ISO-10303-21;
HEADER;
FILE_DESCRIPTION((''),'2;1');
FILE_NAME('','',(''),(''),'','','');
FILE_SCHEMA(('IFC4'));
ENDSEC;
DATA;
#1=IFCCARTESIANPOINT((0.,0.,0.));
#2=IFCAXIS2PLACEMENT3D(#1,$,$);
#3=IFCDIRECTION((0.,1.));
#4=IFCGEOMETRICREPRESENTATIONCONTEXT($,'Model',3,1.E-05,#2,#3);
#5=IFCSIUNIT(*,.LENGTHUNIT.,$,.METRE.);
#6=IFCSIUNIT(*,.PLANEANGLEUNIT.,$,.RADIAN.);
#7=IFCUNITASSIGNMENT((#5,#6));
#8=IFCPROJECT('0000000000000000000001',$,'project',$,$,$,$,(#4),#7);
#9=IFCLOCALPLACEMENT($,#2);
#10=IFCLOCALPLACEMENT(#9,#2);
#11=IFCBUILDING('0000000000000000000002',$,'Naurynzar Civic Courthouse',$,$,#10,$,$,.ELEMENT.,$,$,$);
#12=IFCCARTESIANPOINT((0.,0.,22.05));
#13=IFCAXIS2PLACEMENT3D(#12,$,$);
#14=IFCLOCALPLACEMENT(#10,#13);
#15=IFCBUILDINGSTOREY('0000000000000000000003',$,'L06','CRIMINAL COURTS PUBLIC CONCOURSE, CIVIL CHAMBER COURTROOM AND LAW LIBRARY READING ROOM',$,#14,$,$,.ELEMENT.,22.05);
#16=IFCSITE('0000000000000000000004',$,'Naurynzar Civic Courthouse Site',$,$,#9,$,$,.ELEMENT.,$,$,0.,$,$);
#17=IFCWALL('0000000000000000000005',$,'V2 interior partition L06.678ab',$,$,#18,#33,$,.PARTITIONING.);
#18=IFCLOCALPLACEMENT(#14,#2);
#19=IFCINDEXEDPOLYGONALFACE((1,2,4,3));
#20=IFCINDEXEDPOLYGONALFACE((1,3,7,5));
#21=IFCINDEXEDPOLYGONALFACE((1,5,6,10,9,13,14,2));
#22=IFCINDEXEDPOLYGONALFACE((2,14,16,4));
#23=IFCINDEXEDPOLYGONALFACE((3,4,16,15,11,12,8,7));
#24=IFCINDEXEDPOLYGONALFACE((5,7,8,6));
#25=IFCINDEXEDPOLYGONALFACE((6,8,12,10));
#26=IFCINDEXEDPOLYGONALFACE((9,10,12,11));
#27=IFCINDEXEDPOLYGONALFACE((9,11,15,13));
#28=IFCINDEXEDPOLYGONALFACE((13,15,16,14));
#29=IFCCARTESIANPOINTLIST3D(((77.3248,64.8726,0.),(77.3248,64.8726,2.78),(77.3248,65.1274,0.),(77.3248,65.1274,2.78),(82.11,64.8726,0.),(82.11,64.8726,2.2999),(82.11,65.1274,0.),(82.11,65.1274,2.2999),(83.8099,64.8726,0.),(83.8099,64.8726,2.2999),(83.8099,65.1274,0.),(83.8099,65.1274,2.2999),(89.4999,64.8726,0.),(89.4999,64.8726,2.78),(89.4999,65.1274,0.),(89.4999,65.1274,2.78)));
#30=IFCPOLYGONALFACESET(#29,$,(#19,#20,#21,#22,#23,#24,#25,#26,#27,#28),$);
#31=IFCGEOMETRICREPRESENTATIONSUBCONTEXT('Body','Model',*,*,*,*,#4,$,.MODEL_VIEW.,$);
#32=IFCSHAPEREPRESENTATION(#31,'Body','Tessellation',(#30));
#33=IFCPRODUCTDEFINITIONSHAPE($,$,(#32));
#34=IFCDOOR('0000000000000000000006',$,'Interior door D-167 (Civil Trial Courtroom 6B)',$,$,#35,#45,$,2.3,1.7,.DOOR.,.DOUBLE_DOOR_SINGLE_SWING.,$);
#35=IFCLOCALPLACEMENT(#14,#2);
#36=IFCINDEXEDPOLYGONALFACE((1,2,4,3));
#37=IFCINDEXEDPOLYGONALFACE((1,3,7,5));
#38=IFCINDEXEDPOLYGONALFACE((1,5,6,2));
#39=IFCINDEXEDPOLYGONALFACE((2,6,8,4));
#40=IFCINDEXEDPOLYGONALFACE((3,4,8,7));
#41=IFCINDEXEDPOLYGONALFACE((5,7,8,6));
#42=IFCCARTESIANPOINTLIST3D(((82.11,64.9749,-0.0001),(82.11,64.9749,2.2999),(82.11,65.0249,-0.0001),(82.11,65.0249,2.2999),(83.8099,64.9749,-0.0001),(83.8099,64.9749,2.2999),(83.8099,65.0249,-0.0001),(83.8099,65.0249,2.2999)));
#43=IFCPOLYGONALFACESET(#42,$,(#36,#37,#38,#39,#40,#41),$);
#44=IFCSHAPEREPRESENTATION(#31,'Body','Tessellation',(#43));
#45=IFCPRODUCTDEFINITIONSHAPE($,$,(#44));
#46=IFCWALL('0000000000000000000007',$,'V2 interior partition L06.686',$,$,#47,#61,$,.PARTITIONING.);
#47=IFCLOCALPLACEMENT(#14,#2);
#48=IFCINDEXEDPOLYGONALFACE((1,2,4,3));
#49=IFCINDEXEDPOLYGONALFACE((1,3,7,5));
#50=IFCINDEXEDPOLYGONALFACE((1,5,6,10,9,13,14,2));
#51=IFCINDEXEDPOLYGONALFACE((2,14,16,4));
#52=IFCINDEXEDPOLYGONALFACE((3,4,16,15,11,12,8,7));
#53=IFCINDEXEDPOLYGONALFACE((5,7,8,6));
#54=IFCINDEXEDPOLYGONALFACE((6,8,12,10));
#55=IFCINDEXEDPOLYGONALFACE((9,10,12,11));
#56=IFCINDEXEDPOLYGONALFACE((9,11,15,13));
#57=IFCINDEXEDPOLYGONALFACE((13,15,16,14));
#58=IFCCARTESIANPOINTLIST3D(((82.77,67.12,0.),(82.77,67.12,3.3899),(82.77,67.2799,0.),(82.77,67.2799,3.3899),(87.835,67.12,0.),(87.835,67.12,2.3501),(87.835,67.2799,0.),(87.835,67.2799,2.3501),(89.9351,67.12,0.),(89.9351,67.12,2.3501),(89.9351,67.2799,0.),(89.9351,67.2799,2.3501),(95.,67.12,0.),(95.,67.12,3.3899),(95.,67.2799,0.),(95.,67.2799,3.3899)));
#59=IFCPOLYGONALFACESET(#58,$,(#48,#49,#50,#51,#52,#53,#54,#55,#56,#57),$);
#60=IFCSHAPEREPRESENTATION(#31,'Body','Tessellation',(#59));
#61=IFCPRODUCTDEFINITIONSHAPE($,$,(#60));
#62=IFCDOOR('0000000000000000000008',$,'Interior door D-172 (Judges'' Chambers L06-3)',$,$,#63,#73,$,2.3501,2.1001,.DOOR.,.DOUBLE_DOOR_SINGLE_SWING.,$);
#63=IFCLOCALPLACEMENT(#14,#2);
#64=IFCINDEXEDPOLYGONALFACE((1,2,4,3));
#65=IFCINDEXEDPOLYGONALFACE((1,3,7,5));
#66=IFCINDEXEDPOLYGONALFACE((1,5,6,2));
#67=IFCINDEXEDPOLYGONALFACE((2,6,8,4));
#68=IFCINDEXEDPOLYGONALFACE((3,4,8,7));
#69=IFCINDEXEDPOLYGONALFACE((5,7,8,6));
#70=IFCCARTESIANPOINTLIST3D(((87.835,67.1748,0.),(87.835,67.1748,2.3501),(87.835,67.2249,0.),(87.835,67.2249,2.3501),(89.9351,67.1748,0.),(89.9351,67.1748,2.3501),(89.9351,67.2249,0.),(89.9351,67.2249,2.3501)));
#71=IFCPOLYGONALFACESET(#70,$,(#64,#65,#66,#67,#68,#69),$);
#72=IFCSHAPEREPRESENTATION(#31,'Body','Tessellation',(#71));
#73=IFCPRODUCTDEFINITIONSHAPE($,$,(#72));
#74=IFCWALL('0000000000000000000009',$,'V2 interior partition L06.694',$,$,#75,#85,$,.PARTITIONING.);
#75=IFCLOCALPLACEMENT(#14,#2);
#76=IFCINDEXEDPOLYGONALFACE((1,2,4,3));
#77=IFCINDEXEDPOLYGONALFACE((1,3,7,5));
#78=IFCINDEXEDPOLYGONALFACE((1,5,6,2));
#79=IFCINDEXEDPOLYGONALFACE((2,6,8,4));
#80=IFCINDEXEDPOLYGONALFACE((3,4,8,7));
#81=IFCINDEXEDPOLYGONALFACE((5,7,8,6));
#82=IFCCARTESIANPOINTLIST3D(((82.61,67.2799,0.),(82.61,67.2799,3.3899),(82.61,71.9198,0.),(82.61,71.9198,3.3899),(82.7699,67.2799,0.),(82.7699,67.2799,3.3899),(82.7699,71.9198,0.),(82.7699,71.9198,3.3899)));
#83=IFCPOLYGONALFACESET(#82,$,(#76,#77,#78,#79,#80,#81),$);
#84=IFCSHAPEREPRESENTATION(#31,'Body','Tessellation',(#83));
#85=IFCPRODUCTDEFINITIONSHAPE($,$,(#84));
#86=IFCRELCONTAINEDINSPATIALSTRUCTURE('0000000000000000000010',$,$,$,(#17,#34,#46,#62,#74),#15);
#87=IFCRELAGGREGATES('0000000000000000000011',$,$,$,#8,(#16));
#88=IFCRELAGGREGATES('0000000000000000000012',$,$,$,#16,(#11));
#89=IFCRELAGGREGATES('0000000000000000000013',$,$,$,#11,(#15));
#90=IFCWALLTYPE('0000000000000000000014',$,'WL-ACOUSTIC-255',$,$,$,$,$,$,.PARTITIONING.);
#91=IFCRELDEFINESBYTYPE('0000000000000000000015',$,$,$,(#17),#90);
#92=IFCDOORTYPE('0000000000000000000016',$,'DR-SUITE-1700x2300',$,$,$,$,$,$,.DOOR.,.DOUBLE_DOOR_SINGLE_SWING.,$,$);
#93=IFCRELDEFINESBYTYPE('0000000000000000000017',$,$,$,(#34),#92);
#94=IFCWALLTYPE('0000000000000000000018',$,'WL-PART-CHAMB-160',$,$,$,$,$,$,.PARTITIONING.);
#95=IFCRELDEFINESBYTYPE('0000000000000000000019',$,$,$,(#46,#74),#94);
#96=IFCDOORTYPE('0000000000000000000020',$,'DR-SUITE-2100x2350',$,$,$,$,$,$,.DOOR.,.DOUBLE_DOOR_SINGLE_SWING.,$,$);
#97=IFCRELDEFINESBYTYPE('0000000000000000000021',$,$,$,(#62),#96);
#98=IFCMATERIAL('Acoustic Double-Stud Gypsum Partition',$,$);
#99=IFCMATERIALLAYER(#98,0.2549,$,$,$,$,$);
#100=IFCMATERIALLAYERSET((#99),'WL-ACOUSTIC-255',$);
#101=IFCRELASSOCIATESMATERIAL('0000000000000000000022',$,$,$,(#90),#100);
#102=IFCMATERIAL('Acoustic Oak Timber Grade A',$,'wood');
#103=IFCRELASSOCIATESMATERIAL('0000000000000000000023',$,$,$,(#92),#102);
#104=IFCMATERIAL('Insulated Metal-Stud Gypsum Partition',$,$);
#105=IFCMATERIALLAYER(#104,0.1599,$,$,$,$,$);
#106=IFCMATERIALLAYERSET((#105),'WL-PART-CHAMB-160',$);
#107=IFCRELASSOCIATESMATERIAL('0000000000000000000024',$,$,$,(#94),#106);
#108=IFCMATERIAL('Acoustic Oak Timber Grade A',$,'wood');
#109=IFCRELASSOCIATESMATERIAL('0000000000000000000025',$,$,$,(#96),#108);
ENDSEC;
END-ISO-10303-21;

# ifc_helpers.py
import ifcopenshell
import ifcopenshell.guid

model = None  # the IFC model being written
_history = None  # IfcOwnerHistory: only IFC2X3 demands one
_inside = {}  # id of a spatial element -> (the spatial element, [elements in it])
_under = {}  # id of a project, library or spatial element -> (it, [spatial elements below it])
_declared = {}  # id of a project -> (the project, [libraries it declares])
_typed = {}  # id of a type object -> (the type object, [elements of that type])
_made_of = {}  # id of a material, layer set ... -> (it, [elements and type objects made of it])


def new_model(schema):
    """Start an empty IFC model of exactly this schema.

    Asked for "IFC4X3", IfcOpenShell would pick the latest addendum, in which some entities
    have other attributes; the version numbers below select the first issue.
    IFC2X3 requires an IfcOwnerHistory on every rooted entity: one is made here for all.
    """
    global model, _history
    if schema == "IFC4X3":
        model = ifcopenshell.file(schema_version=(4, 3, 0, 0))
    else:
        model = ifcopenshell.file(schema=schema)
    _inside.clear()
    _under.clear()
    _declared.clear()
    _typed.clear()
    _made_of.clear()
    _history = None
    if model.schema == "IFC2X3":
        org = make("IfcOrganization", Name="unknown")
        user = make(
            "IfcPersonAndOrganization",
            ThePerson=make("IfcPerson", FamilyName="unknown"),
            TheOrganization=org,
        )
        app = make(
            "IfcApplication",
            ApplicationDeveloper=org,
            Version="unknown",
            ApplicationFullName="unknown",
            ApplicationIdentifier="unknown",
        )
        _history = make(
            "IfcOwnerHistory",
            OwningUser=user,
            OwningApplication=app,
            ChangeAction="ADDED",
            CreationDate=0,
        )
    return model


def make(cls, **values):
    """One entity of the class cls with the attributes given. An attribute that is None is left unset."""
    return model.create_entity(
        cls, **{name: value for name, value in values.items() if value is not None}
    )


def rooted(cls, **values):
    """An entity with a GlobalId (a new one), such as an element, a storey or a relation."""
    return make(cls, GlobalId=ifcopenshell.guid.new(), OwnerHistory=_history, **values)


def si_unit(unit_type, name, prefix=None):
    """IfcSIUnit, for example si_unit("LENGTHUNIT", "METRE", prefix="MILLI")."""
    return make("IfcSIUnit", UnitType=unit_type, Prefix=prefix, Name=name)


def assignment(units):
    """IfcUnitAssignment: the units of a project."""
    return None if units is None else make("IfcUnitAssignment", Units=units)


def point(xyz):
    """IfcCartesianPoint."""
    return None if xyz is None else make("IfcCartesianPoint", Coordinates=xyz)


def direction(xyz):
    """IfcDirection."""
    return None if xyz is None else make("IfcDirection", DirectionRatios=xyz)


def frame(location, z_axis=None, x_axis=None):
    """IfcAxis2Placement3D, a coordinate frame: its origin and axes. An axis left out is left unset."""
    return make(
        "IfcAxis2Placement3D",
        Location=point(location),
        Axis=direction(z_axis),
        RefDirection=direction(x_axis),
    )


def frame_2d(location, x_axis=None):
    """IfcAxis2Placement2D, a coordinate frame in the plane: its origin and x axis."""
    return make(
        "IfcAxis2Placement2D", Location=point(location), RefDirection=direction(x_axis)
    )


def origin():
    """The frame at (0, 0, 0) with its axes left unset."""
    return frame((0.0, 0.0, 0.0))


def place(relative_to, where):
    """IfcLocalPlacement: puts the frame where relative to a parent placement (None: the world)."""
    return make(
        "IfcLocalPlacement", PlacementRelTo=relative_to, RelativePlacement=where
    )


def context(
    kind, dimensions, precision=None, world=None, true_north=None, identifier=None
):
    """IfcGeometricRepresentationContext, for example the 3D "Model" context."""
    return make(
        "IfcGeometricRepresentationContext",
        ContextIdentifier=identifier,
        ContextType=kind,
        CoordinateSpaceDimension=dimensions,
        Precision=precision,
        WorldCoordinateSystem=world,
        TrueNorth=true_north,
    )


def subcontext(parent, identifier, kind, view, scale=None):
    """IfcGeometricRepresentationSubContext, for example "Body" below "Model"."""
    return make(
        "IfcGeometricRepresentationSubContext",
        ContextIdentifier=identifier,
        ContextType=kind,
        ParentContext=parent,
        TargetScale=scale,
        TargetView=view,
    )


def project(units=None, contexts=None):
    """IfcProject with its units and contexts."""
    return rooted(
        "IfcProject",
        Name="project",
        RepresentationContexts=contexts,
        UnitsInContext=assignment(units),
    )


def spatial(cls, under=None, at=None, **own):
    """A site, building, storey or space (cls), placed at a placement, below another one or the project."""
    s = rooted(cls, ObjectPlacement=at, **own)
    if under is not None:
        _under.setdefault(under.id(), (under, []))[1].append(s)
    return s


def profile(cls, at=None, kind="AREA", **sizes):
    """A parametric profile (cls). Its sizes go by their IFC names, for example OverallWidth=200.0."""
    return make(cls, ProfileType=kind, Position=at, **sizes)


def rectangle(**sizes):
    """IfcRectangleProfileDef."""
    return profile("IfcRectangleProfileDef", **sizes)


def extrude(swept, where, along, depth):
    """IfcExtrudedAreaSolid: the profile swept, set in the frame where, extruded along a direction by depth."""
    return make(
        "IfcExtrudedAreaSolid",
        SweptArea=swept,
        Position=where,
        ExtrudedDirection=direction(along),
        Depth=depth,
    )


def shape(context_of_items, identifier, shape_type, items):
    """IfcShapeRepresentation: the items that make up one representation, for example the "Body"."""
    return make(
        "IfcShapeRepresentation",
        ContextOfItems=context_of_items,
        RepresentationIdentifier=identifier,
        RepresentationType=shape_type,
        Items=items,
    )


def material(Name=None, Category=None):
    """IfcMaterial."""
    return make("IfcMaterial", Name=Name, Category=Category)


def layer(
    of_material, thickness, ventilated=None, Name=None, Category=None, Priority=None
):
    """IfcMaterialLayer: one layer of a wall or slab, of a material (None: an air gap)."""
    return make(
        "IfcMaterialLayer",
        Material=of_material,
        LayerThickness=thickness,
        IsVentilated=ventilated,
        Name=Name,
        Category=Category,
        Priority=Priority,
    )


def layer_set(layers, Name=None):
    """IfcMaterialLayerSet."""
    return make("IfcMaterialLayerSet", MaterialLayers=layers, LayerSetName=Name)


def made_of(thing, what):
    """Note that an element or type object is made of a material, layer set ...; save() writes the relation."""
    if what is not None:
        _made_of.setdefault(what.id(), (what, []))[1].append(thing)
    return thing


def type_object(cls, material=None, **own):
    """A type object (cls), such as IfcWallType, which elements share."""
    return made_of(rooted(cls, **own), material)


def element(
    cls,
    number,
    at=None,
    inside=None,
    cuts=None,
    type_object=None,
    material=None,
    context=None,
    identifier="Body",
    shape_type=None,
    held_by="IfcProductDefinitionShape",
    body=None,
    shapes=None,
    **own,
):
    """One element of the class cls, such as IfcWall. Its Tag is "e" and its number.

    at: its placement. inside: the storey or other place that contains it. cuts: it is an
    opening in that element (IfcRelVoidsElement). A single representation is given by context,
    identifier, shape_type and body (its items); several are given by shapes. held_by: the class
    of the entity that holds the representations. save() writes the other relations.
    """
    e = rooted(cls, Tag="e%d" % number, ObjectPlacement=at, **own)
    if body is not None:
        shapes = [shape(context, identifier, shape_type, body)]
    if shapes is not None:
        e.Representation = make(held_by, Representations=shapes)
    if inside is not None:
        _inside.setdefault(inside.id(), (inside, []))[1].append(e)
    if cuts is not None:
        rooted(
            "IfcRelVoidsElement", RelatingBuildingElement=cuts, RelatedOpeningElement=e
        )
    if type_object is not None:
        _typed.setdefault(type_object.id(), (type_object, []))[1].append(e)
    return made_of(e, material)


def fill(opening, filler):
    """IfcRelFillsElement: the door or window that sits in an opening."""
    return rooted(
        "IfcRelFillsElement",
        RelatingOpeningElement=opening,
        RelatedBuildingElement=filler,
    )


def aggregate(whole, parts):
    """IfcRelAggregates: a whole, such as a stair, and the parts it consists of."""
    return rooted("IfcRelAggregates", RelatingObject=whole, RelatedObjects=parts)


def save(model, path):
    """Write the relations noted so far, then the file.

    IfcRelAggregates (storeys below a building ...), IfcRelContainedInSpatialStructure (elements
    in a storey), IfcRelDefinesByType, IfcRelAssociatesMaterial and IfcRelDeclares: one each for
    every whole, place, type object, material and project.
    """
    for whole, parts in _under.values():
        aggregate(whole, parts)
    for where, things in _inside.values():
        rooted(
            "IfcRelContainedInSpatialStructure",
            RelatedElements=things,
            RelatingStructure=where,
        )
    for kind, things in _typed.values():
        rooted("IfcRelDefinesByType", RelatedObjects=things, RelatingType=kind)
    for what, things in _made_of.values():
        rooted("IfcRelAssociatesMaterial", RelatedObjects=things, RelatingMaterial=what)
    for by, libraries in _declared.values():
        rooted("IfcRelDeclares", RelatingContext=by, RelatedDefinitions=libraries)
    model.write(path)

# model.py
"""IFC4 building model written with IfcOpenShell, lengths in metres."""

from ifc_helpers import new_model, si_unit, direction, frame, frame_2d, origin, place, context, subcontext, project, spatial, rectangle, extrude, material, layer, layer_set, type_object, element, fill, save


model = new_model("IFC4")

# Units and contexts
model_context = context("Model", 3, precision=1e-05, world=origin(), true_north=direction((0.0, 1.0)))
body_context = subcontext(model_context, "Body", "Model", "MODEL_VIEW")
ifc_project = project(units=[si_unit("LENGTHUNIT", "METRE"), si_unit("PLANEANGLEUNIT", "RADIAN")], contexts=[model_context])

# Site, building, storey
site_placement = place(None, origin())
site = spatial("IfcSite", under=ifc_project, at=site_placement, Name="Naurynzar Civic Courthouse Site", CompositionType="ELEMENT", RefElevation=0.0)
building_placement = place(site_placement, origin())
building = spatial("IfcBuilding", under=site, at=building_placement, Name="Naurynzar Civic Courthouse", CompositionType="ELEMENT")
storey_placement = place(building_placement, frame((0.0, 0.0, 22.05)))
storey = spatial("IfcBuildingStorey", under=building, at=storey_placement, Name="L06", Description="CRIMINAL COURTS PUBLIC CONCOURSE, CIVIL CHAMBER COURTROOM AND LAW LIBRARY READING ROOM", CompositionType="ELEMENT", Elevation=22.05)

# Walls, openings, doors
ifc_material_1 = material(Name="Acoustic Double-Stud Gypsum Partition")
ifc_layer_1 = layer(ifc_material_1, 0.2549)
ifc_layer_set_1 = layer_set([ifc_layer_1], Name="WL-ACOUSTIC-255")
wall_type_1 = type_object("IfcWallType", Name="WL-ACOUSTIC-255", PredefinedType="PARTITIONING", material=ifc_layer_set_1)
wall_1_placement = place(storey_placement, frame((77.325, 65.0, 0.0), z_axis=(0.0, 0.0, 1.0), x_axis=(1.0, 0.0, 0.0)))
wall_1 = element("IfcWall", 1, at=wall_1_placement, inside=storey, type_object=wall_type_1, Name="V2 interior partition L06.678ab", PredefinedType="PARTITIONING", context=body_context, shape_type="SweptSolid", body=[
    extrude(rectangle(XDim=12.175, YDim=0.2549, at=frame_2d((6.0874, 0.0))), origin(), (0.0, 0.0, 1.0), 2.78),
])
opening_1_placement = place(wall_1_placement, frame((4.7849, 0.0, 0.0)))
opening_1 = element("IfcOpeningElement", 2, at=opening_1_placement, cuts=wall_1, PredefinedType="OPENING", context=body_context, shape_type="SweptSolid", body=[
    extrude(rectangle(XDim=1.7, YDim=2.3, at=frame_2d((0.8501, 1.1499))), frame((0.0, 0.1375, 0.0), z_axis=(0.0, -1.0, 0.0), x_axis=(1.0, 0.0, 0.0)), (0.0, 0.0, 1.0), 0.2749),
])
ifc_material_2 = material(Name="Acoustic Oak Timber Grade A", Category="wood")
door_type_1 = type_object("IfcDoorType", Name="DR-SUITE-1700x2300", OperationType="DOUBLE_DOOR_SINGLE_SWING", PredefinedType="DOOR", material=ifc_material_2)
door_1_placement = place(opening_1_placement, origin())
door_1 = element("IfcDoor", 3, at=door_1_placement, inside=storey, type_object=door_type_1, Name="Interior door D-167 (Civil Trial Courtroom 6B)", OperationType="DOUBLE_DOOR_SINGLE_SWING", OverallHeight=2.3, OverallWidth=1.7, PredefinedType="DOOR", context=body_context, shape_type="SweptSolid", body=[
    extrude(rectangle(XDim=1.7, YDim=2.3, at=frame_2d((0.8501, 1.1499))), frame((0.0, 0.0249, 0.0), z_axis=(0.0, -1.0, 0.0), x_axis=(1.0, 0.0, 0.0)), (0.0, 0.0, 1.0), 0.05),
])
fill(opening_1, door_1)
ifc_material_3 = material(Name="Insulated Metal-Stud Gypsum Partition")
ifc_layer_2 = layer(ifc_material_3, 0.1599)
ifc_layer_set_2 = layer_set([ifc_layer_2], Name="WL-PART-CHAMB-160")
wall_type_2 = type_object("IfcWallType", Name="WL-PART-CHAMB-160", PredefinedType="PARTITIONING", material=ifc_layer_set_2)
wall_2_placement = place(storey_placement, frame((82.77, 67.2, 0.0), z_axis=(0.0, 0.0, 1.0), x_axis=(1.0, 0.0, 0.0)))
wall_2 = element("IfcWall", 4, at=wall_2_placement, inside=storey, type_object=wall_type_2, Name="V2 interior partition L06.686", PredefinedType="PARTITIONING", context=body_context, shape_type="SweptSolid", body=[
    extrude(rectangle(XDim=12.23, YDim=0.1599, at=frame_2d((6.115, 0.0))), origin(), (0.0, 0.0, 1.0), 3.3899),
])
opening_2_placement = place(wall_2_placement, frame((5.0649, 0.0, 0.0)))
opening_2 = element("IfcOpeningElement", 5, at=opening_2_placement, cuts=wall_2, PredefinedType="OPENING", context=body_context, shape_type="SweptSolid", body=[
    extrude(rectangle(XDim=2.1001, YDim=2.3501, at=frame_2d((1.05, 1.175))), frame((0.0, 0.0898, 0.0), z_axis=(0.0, -1.0, 0.0), x_axis=(1.0, 0.0, 0.0)), (0.0, 0.0, 1.0), 0.1799),
])
ifc_material_4 = material(Name="Acoustic Oak Timber Grade A", Category="wood")
door_type_2 = type_object("IfcDoorType", Name="DR-SUITE-2100x2350", OperationType="DOUBLE_DOOR_SINGLE_SWING", PredefinedType="DOOR", material=ifc_material_4)
door_2_placement = place(opening_2_placement, origin())
door_2 = element("IfcDoor", 6, at=door_2_placement, inside=storey, type_object=door_type_2, Name="Interior door D-172 (Judges' Chambers L06-3)", OperationType="DOUBLE_DOOR_SINGLE_SWING", OverallHeight=2.3501, OverallWidth=2.1001, PredefinedType="DOOR", context=body_context, shape_type="SweptSolid", body=[
    extrude(rectangle(XDim=2.1001, YDim=2.3501, at=frame_2d((1.05, 1.175))), frame((0.0, 0.0249, 0.0), z_axis=(0.0, -1.0, 0.0), x_axis=(1.0, 0.0, 0.0)), (0.0, 0.0, 1.0), 0.05),
])
fill(opening_2, door_2)

# Wall
wall_3_placement = place(storey_placement, frame((82.6899, 67.28, 0.0), z_axis=(0.0, 0.0, 1.0), x_axis=(0.0, 1.0, 0.0)))
element("IfcWall", 7, at=wall_3_placement, inside=storey, type_object=wall_type_2, Name="V2 interior partition L06.694", PredefinedType="PARTITIONING", context=body_context, shape_type="SweptSolid", body=[
    extrude(rectangle(XDim=4.6399, YDim=0.1599, at=frame_2d((2.3198, 0.0))), origin(), (0.0, 0.0, 1.0), 3.3899),
])

save(model, "model.ifc")
